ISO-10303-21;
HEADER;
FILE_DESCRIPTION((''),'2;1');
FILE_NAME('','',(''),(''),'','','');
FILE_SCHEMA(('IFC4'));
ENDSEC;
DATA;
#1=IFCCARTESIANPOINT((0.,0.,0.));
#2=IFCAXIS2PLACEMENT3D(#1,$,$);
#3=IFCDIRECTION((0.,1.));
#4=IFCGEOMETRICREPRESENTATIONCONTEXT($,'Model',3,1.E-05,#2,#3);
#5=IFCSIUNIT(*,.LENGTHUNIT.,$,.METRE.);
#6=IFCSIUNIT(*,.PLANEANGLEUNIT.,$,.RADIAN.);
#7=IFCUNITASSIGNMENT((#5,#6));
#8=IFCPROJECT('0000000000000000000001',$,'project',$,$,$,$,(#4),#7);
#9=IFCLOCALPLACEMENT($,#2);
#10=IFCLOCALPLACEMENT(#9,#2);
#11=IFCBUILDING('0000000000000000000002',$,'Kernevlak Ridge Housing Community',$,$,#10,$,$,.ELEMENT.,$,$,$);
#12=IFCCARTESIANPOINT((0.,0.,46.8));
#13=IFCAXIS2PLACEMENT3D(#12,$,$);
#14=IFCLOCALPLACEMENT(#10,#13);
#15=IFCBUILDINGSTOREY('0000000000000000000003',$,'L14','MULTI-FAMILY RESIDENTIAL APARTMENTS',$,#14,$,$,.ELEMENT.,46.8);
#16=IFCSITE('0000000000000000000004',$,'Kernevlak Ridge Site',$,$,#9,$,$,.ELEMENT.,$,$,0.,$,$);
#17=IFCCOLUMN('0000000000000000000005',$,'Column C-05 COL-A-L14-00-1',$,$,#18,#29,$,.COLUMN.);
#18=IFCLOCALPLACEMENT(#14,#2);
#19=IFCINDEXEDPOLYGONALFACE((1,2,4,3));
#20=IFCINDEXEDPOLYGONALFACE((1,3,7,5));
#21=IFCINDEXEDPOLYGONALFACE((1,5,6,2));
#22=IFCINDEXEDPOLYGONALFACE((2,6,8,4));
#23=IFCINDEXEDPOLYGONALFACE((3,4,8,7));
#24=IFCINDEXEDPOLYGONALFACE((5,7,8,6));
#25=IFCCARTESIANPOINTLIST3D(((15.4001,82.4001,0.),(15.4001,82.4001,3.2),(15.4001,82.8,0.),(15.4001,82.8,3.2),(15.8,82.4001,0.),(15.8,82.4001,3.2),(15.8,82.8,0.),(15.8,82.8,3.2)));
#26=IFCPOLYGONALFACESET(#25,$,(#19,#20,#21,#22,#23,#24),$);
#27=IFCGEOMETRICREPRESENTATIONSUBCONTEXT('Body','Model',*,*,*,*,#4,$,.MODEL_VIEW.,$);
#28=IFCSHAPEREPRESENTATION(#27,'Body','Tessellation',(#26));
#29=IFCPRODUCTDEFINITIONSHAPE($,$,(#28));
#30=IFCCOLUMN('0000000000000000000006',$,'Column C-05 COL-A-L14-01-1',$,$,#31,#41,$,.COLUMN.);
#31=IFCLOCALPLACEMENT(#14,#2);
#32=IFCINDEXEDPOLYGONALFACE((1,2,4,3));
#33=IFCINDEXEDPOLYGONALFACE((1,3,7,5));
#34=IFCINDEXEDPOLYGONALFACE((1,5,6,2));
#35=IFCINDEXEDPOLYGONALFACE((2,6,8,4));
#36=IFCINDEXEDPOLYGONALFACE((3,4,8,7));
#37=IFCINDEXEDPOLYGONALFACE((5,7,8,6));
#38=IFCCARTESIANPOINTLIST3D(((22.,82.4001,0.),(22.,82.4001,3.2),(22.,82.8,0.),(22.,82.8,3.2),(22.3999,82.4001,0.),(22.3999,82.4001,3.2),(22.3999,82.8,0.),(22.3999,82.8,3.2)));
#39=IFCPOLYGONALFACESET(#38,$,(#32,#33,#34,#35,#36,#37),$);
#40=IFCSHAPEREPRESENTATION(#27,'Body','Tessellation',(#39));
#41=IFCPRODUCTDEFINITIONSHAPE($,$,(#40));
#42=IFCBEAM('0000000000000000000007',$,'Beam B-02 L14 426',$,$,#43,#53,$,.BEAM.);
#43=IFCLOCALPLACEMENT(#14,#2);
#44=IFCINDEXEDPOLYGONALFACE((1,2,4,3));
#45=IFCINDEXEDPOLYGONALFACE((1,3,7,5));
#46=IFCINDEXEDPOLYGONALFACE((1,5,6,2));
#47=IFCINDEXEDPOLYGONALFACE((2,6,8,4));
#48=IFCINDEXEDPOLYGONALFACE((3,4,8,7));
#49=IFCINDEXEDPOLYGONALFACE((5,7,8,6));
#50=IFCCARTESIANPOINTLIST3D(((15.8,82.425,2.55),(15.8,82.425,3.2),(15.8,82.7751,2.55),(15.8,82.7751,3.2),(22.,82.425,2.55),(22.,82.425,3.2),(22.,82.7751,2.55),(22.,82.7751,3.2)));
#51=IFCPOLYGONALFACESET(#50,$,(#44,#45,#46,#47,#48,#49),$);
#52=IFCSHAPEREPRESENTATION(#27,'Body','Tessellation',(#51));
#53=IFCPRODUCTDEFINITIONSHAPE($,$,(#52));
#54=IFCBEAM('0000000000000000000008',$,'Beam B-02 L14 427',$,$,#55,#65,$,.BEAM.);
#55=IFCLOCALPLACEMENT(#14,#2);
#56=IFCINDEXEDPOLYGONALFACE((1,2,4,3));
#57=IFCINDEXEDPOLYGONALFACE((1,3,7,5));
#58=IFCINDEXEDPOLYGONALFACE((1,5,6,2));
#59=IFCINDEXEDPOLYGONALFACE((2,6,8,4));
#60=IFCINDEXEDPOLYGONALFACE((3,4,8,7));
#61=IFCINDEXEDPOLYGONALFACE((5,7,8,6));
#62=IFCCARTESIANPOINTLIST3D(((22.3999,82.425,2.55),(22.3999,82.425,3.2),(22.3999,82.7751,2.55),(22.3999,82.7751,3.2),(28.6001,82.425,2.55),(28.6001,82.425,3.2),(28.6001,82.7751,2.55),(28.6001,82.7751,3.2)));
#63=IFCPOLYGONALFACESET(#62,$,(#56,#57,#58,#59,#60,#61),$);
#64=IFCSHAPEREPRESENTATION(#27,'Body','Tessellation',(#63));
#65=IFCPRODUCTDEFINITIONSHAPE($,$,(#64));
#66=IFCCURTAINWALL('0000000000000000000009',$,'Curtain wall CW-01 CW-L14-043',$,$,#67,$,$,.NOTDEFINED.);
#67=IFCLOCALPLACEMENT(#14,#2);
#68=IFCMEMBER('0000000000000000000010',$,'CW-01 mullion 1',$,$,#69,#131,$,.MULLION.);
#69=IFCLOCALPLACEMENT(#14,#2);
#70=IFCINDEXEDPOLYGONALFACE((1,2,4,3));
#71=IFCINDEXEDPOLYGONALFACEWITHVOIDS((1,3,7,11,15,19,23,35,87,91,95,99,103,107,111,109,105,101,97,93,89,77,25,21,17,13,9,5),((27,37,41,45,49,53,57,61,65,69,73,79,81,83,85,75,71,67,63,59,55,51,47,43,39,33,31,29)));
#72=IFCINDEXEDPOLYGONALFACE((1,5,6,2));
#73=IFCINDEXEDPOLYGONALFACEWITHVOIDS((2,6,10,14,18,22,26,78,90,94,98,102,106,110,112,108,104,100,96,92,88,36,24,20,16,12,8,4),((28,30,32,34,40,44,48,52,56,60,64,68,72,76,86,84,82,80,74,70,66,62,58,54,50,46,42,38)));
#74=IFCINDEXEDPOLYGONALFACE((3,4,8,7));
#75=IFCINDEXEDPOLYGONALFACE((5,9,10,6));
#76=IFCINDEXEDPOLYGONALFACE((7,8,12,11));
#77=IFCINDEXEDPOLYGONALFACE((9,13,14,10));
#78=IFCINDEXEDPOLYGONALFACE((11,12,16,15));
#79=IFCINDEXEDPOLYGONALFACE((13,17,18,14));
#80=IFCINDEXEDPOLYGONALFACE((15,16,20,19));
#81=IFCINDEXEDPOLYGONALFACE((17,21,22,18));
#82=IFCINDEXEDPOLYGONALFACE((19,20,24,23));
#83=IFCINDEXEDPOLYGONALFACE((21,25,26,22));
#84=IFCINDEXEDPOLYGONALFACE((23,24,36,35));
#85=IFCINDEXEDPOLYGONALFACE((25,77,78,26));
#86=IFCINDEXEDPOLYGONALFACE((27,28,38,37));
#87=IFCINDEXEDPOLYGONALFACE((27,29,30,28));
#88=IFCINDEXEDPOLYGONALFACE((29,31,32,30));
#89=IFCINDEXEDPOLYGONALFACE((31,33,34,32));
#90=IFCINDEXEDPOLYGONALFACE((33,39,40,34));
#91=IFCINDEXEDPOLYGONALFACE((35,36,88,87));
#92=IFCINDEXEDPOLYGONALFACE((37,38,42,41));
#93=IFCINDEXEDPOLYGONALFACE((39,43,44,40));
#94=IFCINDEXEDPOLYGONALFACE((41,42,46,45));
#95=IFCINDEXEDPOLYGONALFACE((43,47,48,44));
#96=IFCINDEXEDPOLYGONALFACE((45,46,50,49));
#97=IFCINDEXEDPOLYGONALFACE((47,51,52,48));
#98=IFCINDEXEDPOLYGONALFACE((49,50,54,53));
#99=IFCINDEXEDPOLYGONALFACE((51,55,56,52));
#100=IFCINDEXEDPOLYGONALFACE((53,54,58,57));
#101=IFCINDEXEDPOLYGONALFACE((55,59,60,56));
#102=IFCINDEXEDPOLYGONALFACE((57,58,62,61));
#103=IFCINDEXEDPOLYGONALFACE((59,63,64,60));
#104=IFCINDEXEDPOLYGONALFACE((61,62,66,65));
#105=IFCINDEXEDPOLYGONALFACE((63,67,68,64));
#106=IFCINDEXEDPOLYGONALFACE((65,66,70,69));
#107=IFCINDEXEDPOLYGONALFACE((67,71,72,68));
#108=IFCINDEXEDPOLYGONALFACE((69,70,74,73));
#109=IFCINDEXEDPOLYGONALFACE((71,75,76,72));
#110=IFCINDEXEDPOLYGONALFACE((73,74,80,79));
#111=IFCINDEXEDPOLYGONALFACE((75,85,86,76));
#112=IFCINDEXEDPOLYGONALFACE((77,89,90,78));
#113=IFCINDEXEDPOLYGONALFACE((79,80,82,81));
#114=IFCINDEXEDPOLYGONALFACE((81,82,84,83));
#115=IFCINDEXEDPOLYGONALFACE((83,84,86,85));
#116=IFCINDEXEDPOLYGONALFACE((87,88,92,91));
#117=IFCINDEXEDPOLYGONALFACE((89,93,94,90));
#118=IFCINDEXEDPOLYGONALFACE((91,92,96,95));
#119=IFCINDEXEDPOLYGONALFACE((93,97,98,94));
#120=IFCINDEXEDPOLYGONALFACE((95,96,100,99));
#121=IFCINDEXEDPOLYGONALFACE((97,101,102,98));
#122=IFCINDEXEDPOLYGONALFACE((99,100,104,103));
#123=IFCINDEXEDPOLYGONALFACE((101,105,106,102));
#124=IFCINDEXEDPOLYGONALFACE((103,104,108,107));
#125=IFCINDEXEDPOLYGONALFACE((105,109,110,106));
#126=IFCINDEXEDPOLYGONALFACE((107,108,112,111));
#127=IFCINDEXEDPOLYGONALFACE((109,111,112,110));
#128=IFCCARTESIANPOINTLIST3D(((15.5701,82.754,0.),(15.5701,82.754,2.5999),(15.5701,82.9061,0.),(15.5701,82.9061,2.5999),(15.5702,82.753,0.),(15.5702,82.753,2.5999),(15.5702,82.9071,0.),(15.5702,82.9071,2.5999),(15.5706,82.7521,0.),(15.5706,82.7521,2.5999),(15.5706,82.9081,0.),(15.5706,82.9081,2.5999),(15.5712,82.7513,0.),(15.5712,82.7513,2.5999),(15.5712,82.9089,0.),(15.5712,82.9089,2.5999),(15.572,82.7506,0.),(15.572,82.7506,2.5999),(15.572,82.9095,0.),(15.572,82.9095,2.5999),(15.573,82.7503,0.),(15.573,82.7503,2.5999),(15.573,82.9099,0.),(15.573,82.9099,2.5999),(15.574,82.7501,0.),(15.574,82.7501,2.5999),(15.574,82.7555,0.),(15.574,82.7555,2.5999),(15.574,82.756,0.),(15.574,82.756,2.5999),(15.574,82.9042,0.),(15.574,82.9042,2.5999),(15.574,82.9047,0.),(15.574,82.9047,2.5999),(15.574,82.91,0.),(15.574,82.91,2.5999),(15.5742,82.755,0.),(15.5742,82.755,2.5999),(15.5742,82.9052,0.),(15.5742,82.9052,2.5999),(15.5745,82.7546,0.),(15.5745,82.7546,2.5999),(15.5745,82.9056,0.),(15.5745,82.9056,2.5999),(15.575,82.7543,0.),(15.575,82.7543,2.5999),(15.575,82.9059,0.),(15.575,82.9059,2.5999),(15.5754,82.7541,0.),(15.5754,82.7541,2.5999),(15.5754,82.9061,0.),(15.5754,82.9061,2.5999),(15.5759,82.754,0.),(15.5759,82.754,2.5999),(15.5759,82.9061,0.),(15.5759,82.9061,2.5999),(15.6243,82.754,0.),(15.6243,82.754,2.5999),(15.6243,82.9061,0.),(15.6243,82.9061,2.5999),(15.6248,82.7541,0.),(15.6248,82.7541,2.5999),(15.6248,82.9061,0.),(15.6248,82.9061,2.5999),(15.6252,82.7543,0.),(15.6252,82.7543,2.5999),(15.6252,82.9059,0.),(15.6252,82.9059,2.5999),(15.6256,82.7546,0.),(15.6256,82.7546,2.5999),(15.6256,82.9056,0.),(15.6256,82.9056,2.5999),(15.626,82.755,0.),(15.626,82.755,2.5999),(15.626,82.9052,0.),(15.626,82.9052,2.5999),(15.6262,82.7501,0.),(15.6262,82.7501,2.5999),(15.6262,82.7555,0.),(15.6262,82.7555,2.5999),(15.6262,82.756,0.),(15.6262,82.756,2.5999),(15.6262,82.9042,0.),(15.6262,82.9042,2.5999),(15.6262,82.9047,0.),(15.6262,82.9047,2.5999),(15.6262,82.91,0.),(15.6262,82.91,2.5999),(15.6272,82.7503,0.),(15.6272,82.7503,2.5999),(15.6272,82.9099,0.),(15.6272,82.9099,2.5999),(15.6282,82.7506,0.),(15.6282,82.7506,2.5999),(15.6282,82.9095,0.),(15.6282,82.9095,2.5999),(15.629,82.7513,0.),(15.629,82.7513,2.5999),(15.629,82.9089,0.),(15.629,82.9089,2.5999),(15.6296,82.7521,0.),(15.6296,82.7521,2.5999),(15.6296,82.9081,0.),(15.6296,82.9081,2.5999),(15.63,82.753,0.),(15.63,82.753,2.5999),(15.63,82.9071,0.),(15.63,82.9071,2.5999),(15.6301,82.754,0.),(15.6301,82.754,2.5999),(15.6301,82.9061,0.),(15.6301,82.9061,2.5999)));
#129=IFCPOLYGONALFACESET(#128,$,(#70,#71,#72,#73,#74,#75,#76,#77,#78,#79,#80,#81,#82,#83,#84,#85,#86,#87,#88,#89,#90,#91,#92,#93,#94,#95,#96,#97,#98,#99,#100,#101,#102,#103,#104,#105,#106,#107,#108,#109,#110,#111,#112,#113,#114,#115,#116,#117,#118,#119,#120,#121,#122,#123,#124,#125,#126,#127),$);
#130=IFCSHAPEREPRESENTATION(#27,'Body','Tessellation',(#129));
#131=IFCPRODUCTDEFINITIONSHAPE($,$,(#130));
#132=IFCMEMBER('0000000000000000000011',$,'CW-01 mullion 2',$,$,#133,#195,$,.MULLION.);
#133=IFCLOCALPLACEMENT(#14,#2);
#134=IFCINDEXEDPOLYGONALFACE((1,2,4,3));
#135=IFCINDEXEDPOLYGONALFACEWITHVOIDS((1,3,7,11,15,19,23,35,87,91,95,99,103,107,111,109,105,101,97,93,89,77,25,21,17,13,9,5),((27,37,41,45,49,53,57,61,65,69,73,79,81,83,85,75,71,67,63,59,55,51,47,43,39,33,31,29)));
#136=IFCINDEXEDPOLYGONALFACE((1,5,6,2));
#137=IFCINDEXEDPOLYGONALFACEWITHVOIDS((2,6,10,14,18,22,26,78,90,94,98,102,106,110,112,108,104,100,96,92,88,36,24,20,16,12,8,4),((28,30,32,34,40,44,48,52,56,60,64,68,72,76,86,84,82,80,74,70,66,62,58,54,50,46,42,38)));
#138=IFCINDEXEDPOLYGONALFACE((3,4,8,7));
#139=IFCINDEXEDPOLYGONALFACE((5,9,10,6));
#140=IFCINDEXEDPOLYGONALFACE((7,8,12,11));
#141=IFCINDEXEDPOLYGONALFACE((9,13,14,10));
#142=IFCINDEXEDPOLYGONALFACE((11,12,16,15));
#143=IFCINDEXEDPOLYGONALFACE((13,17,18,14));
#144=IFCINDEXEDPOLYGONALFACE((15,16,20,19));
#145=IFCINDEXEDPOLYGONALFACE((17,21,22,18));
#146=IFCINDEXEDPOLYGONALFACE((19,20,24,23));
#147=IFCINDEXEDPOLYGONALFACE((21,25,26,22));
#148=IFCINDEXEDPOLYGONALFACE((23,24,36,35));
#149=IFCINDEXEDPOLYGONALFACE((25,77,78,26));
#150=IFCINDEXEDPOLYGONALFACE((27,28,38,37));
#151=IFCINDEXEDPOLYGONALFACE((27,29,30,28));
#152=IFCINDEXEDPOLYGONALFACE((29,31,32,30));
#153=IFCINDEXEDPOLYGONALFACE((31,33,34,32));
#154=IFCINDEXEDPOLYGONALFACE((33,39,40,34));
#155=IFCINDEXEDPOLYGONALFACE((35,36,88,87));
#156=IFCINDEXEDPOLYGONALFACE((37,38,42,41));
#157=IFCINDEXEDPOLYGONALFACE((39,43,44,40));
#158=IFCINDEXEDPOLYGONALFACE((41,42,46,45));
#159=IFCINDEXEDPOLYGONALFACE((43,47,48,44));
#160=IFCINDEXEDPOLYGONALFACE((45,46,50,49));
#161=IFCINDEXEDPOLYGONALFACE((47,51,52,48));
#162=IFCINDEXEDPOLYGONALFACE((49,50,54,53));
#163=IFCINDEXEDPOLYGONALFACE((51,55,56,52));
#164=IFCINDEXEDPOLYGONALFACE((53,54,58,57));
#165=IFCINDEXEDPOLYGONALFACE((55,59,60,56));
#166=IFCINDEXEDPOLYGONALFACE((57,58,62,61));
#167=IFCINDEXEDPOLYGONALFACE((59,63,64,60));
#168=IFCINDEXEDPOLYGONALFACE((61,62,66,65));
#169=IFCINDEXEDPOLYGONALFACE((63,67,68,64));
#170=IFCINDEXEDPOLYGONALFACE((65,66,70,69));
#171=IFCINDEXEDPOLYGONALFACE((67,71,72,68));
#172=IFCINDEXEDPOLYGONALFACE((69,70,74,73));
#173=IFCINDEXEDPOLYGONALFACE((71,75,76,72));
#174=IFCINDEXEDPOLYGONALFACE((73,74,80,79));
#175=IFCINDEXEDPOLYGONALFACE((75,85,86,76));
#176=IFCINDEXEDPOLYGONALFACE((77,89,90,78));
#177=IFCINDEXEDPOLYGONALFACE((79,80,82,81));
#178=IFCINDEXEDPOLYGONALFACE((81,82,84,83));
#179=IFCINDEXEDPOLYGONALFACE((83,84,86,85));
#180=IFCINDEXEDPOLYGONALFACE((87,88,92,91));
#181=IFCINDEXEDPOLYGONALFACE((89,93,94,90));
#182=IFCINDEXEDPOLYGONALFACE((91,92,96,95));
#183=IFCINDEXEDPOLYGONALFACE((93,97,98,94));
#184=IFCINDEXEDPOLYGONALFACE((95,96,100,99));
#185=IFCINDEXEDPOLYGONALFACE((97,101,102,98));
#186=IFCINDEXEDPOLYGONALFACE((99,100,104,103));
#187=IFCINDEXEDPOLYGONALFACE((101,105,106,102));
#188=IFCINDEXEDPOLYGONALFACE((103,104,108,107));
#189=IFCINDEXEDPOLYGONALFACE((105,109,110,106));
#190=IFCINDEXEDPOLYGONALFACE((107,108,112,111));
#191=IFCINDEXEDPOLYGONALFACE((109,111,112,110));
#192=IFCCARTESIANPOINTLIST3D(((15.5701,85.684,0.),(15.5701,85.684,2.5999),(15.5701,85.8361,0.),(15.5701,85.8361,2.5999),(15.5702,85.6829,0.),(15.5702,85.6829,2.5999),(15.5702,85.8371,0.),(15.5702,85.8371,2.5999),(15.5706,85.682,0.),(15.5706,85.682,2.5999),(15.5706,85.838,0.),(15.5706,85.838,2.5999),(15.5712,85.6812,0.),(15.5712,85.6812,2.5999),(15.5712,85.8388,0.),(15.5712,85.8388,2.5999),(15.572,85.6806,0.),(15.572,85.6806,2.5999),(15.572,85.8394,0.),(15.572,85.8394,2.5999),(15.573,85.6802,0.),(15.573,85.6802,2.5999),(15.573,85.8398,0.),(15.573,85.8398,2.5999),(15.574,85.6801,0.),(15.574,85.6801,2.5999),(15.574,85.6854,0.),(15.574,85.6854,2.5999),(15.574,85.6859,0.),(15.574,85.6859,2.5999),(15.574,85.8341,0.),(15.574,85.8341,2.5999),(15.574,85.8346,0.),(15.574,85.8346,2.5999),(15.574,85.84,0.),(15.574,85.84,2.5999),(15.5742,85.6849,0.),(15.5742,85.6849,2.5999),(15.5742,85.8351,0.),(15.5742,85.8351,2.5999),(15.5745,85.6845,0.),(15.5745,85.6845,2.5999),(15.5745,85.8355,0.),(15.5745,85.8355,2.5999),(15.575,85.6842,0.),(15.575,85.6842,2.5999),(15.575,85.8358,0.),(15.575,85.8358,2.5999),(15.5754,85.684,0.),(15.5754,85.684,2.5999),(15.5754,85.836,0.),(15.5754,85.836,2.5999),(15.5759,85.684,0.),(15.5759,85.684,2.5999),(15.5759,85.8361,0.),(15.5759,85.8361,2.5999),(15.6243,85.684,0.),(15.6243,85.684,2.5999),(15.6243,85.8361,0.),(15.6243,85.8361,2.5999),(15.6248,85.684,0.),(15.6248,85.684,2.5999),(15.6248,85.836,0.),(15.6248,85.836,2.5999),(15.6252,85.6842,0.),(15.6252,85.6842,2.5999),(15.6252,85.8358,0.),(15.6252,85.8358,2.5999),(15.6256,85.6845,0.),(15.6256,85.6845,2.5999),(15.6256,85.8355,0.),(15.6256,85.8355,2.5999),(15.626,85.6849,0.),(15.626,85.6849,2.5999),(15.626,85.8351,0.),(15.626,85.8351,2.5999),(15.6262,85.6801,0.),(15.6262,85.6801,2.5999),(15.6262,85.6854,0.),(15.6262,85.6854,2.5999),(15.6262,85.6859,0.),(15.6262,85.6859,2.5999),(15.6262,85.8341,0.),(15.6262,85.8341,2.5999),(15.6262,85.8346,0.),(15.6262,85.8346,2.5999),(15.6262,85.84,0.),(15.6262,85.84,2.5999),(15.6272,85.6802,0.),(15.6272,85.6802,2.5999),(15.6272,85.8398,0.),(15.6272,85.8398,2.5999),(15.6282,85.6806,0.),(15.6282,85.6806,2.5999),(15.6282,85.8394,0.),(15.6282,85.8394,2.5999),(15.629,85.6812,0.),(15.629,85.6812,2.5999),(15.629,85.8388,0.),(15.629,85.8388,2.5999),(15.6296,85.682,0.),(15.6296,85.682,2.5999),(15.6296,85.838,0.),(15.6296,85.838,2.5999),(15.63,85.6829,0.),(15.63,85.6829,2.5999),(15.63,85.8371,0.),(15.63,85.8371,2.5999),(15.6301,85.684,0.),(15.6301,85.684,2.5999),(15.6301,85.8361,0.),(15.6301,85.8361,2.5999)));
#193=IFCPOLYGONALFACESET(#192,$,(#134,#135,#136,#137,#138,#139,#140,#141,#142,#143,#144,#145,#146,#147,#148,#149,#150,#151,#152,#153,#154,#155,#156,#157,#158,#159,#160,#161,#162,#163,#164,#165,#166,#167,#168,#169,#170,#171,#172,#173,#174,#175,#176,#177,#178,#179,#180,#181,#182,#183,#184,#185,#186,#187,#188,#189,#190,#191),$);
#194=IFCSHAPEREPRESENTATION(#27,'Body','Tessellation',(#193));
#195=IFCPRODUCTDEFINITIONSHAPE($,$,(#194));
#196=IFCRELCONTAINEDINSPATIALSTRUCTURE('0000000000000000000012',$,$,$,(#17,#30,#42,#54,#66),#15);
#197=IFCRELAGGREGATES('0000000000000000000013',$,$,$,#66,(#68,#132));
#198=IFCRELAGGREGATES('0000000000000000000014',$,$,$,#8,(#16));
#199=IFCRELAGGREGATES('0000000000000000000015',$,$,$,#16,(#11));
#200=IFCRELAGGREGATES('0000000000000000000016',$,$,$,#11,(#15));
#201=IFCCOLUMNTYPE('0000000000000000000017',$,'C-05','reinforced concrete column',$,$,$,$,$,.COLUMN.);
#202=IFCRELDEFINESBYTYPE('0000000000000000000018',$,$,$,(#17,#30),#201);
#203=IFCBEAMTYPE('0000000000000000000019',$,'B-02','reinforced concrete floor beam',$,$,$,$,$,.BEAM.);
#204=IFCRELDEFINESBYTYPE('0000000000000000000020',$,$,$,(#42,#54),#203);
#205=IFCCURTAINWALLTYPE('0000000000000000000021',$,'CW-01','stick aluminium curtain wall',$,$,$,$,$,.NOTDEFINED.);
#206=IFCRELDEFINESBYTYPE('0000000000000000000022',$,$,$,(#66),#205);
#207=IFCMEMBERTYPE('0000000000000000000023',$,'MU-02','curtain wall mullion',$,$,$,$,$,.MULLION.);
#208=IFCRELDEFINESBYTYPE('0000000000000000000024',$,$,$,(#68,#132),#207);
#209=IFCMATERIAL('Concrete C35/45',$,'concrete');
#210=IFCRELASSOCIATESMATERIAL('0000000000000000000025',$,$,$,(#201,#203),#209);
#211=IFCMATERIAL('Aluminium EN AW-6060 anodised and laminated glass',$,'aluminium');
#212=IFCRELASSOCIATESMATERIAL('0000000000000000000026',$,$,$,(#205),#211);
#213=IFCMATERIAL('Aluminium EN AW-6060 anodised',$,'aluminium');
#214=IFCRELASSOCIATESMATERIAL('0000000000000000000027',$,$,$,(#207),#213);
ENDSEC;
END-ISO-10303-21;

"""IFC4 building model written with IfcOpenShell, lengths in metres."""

from ifc_helpers import new_model, si_unit, direction, frame, origin, origin_2d, place, context, subcontext, project, spatial, rectangle, hollow_rectangle, extrude, material, material_profile, profile_set, type_object, element, aggregate, save


model = new_model("IFC4")

# Units and contexts
model_context = context("Model", 3, precision=1e-05, world=origin(), true_north=direction((0.0, 1.0)))
body_context = subcontext(model_context, "Body", "Model", "MODEL_VIEW")
ifc_project = project(units=[si_unit("LENGTHUNIT", "METRE"), si_unit("PLANEANGLEUNIT", "RADIAN")], contexts=[model_context])

# Site, building, storey
site_placement = place(None, origin())
site = spatial("IfcSite", under=ifc_project, at=site_placement, Name="Kernevlak Ridge Site", CompositionType="ELEMENT", RefElevation=0.0)
building_placement = place(site_placement, origin())
building = spatial("IfcBuilding", under=site, at=building_placement, Name="Kernevlak Ridge Housing Community", CompositionType="ELEMENT")
storey_placement = place(building_placement, frame((0.0, 0.0, 46.8)))
storey = spatial("IfcBuildingStorey", under=building, at=storey_placement, Name="L14", Description="MULTI-FAMILY RESIDENTIAL APARTMENTS", CompositionType="ELEMENT", Elevation=46.8)

# Columns
ifc_material_1 = material(Name="Concrete C35/45", Category="concrete")
ifc_material_profile_1 = material_profile(ifc_material_1, rectangle(XDim=0.3999, YDim=0.3999, at=origin_2d()), Name="RC 400x400")
ifc_profile_set_1 = profile_set([ifc_material_profile_1], Name="Concrete C35/45")
column_type = type_object("IfcColumnType", Name="C-05", Description="reinforced concrete column", PredefinedType="COLUMN", material=ifc_profile_set_1)
for number, where, z_axis, x_axis, name in (
    (1, (15.6001, 82.6001, 0.0), (0.0, 0.0, 1.0), (1.0, 0.0, 0.0), "Column C-05 COL-A-L14-00-1"),
    (2, (22.2, 82.6001, 0.0), (0.0, 0.0, 1.0), (1.0, 0.0, 0.0), "Column C-05 COL-A-L14-01-1"),
):
    element("IfcColumn", number, at=place(storey_placement, frame(where, z_axis=z_axis, x_axis=x_axis)), inside=storey, type_object=column_type, Name=name, PredefinedType="COLUMN", context=body_context, shape_type="SweptSolid", body=[
        extrude(rectangle(XDim=0.3999, YDim=0.3999, at=origin_2d()), origin(), (0.0, 0.0, 1.0), 3.2),
    ])

# Beams
ifc_material_profile_2 = material_profile(ifc_material_1, rectangle(XDim=0.3501, YDim=0.6499, at=origin_2d()), Name="RC 350x650")
ifc_profile_set_2 = profile_set([ifc_material_profile_2], Name="Concrete C35/45")
beam_type_1 = type_object("IfcBeamType", Name="B-02", Description="reinforced concrete floor beam", PredefinedType="BEAM", material=ifc_profile_set_2)
beam_1_placement = place(storey_placement, frame((15.8, 82.6001, 2.875), z_axis=(1.0, 0.0, 0.0), x_axis=(0.0, 1.0, 0.0)))
element("IfcBeam", 3, at=beam_1_placement, inside=storey, type_object=beam_type_1, Name="Beam B-02 L14 426", PredefinedType="BEAM", context=body_context, shape_type="SweptSolid", body=[
    extrude(rectangle(XDim=0.3501, YDim=0.6499, at=origin_2d()), origin(), (0.0, 0.0, 1.0), 6.2),
])
beam_2_placement = place(storey_placement, frame((22.3999, 82.6001, 2.875), z_axis=(1.0, 0.0, 0.0), x_axis=(0.0, 1.0, 0.0)))
element("IfcBeam", 4, at=beam_2_placement, inside=storey, type_object=beam_type_1, Name="Beam B-02 L14 427", PredefinedType="BEAM", context=body_context, shape_type="SweptSolid", body=[
    extrude(rectangle(XDim=0.3501, YDim=0.6499, at=origin_2d()), origin(), (0.0, 0.0, 1.0), 6.2002),
])

# Curtain wall, members
ifc_material_2 = material(Name="Aluminium EN AW-6060 anodised and laminated glass", Category="aluminium")
curtain_wall_type = type_object("IfcCurtainWallType", Name="CW-01", Description="stick aluminium curtain wall", PredefinedType="NOTDEFINED", material=ifc_material_2)
curtain_wall_placement = place(storey_placement, origin())
curtain_wall = element("IfcCurtainWall", 5, at=curtain_wall_placement, inside=storey, type_object=curtain_wall_type, Name="Curtain wall CW-01 CW-L14-043", PredefinedType="NOTDEFINED")
ifc_material_3 = material(Name="Aluminium EN AW-6060 anodised", Category="aluminium")
ifc_material_profile_3 = material_profile(ifc_material_3, hollow_rectangle(XDim=0.0601, YDim=0.1599, WallThickness=0.0039, InnerFilletRadius=0.002, OuterFilletRadius=0.0039, at=origin_2d()), Name="ALU 60x160x4")
ifc_profile_set_3 = profile_set([ifc_material_profile_3], Name="Aluminium EN AW-6060 anodised")
member_type_1 = type_object("IfcMemberType", Name="MU-02", Description="curtain wall mullion", PredefinedType="MULLION", material=ifc_profile_set_3)
member_1_placement = place(storey_placement, frame((15.6001, 82.8301, 0.0), z_axis=(0.0, 0.0, 1.0), x_axis=(-1.0, 0.0, 0.0)))
member_1 = element("IfcMember", 6, at=member_1_placement, type_object=member_type_1, Name="CW-01 mullion 1", PredefinedType="MULLION", context=body_context, shape_type="SweptSolid", body=[
    extrude(hollow_rectangle(XDim=0.0601, YDim=0.1599, WallThickness=0.0039, InnerFilletRadius=0.002, OuterFilletRadius=0.0039, at=origin_2d()), origin(), (0.0, 0.0, 1.0), 2.5999),
])
member_2_placement = place(storey_placement, frame((15.6001, 85.76, 0.0), z_axis=(0.0, 0.0, 1.0), x_axis=(-1.0, 0.0, 0.0)))
member_2 = element("IfcMember", 7, at=member_2_placement, type_object=member_type_1, Name="CW-01 mullion 2", PredefinedType="MULLION", context=body_context, shape_type="SweptSolid", body=[
    extrude(hollow_rectangle(XDim=0.0601, YDim=0.1599, WallThickness=0.0039, InnerFilletRadius=0.002, OuterFilletRadius=0.0039, at=origin_2d()), origin(), (0.0, 0.0, 1.0), 2.5999),
])

aggregate(curtain_wall, [member_1, member_2])

save(model, "model.ifc")
